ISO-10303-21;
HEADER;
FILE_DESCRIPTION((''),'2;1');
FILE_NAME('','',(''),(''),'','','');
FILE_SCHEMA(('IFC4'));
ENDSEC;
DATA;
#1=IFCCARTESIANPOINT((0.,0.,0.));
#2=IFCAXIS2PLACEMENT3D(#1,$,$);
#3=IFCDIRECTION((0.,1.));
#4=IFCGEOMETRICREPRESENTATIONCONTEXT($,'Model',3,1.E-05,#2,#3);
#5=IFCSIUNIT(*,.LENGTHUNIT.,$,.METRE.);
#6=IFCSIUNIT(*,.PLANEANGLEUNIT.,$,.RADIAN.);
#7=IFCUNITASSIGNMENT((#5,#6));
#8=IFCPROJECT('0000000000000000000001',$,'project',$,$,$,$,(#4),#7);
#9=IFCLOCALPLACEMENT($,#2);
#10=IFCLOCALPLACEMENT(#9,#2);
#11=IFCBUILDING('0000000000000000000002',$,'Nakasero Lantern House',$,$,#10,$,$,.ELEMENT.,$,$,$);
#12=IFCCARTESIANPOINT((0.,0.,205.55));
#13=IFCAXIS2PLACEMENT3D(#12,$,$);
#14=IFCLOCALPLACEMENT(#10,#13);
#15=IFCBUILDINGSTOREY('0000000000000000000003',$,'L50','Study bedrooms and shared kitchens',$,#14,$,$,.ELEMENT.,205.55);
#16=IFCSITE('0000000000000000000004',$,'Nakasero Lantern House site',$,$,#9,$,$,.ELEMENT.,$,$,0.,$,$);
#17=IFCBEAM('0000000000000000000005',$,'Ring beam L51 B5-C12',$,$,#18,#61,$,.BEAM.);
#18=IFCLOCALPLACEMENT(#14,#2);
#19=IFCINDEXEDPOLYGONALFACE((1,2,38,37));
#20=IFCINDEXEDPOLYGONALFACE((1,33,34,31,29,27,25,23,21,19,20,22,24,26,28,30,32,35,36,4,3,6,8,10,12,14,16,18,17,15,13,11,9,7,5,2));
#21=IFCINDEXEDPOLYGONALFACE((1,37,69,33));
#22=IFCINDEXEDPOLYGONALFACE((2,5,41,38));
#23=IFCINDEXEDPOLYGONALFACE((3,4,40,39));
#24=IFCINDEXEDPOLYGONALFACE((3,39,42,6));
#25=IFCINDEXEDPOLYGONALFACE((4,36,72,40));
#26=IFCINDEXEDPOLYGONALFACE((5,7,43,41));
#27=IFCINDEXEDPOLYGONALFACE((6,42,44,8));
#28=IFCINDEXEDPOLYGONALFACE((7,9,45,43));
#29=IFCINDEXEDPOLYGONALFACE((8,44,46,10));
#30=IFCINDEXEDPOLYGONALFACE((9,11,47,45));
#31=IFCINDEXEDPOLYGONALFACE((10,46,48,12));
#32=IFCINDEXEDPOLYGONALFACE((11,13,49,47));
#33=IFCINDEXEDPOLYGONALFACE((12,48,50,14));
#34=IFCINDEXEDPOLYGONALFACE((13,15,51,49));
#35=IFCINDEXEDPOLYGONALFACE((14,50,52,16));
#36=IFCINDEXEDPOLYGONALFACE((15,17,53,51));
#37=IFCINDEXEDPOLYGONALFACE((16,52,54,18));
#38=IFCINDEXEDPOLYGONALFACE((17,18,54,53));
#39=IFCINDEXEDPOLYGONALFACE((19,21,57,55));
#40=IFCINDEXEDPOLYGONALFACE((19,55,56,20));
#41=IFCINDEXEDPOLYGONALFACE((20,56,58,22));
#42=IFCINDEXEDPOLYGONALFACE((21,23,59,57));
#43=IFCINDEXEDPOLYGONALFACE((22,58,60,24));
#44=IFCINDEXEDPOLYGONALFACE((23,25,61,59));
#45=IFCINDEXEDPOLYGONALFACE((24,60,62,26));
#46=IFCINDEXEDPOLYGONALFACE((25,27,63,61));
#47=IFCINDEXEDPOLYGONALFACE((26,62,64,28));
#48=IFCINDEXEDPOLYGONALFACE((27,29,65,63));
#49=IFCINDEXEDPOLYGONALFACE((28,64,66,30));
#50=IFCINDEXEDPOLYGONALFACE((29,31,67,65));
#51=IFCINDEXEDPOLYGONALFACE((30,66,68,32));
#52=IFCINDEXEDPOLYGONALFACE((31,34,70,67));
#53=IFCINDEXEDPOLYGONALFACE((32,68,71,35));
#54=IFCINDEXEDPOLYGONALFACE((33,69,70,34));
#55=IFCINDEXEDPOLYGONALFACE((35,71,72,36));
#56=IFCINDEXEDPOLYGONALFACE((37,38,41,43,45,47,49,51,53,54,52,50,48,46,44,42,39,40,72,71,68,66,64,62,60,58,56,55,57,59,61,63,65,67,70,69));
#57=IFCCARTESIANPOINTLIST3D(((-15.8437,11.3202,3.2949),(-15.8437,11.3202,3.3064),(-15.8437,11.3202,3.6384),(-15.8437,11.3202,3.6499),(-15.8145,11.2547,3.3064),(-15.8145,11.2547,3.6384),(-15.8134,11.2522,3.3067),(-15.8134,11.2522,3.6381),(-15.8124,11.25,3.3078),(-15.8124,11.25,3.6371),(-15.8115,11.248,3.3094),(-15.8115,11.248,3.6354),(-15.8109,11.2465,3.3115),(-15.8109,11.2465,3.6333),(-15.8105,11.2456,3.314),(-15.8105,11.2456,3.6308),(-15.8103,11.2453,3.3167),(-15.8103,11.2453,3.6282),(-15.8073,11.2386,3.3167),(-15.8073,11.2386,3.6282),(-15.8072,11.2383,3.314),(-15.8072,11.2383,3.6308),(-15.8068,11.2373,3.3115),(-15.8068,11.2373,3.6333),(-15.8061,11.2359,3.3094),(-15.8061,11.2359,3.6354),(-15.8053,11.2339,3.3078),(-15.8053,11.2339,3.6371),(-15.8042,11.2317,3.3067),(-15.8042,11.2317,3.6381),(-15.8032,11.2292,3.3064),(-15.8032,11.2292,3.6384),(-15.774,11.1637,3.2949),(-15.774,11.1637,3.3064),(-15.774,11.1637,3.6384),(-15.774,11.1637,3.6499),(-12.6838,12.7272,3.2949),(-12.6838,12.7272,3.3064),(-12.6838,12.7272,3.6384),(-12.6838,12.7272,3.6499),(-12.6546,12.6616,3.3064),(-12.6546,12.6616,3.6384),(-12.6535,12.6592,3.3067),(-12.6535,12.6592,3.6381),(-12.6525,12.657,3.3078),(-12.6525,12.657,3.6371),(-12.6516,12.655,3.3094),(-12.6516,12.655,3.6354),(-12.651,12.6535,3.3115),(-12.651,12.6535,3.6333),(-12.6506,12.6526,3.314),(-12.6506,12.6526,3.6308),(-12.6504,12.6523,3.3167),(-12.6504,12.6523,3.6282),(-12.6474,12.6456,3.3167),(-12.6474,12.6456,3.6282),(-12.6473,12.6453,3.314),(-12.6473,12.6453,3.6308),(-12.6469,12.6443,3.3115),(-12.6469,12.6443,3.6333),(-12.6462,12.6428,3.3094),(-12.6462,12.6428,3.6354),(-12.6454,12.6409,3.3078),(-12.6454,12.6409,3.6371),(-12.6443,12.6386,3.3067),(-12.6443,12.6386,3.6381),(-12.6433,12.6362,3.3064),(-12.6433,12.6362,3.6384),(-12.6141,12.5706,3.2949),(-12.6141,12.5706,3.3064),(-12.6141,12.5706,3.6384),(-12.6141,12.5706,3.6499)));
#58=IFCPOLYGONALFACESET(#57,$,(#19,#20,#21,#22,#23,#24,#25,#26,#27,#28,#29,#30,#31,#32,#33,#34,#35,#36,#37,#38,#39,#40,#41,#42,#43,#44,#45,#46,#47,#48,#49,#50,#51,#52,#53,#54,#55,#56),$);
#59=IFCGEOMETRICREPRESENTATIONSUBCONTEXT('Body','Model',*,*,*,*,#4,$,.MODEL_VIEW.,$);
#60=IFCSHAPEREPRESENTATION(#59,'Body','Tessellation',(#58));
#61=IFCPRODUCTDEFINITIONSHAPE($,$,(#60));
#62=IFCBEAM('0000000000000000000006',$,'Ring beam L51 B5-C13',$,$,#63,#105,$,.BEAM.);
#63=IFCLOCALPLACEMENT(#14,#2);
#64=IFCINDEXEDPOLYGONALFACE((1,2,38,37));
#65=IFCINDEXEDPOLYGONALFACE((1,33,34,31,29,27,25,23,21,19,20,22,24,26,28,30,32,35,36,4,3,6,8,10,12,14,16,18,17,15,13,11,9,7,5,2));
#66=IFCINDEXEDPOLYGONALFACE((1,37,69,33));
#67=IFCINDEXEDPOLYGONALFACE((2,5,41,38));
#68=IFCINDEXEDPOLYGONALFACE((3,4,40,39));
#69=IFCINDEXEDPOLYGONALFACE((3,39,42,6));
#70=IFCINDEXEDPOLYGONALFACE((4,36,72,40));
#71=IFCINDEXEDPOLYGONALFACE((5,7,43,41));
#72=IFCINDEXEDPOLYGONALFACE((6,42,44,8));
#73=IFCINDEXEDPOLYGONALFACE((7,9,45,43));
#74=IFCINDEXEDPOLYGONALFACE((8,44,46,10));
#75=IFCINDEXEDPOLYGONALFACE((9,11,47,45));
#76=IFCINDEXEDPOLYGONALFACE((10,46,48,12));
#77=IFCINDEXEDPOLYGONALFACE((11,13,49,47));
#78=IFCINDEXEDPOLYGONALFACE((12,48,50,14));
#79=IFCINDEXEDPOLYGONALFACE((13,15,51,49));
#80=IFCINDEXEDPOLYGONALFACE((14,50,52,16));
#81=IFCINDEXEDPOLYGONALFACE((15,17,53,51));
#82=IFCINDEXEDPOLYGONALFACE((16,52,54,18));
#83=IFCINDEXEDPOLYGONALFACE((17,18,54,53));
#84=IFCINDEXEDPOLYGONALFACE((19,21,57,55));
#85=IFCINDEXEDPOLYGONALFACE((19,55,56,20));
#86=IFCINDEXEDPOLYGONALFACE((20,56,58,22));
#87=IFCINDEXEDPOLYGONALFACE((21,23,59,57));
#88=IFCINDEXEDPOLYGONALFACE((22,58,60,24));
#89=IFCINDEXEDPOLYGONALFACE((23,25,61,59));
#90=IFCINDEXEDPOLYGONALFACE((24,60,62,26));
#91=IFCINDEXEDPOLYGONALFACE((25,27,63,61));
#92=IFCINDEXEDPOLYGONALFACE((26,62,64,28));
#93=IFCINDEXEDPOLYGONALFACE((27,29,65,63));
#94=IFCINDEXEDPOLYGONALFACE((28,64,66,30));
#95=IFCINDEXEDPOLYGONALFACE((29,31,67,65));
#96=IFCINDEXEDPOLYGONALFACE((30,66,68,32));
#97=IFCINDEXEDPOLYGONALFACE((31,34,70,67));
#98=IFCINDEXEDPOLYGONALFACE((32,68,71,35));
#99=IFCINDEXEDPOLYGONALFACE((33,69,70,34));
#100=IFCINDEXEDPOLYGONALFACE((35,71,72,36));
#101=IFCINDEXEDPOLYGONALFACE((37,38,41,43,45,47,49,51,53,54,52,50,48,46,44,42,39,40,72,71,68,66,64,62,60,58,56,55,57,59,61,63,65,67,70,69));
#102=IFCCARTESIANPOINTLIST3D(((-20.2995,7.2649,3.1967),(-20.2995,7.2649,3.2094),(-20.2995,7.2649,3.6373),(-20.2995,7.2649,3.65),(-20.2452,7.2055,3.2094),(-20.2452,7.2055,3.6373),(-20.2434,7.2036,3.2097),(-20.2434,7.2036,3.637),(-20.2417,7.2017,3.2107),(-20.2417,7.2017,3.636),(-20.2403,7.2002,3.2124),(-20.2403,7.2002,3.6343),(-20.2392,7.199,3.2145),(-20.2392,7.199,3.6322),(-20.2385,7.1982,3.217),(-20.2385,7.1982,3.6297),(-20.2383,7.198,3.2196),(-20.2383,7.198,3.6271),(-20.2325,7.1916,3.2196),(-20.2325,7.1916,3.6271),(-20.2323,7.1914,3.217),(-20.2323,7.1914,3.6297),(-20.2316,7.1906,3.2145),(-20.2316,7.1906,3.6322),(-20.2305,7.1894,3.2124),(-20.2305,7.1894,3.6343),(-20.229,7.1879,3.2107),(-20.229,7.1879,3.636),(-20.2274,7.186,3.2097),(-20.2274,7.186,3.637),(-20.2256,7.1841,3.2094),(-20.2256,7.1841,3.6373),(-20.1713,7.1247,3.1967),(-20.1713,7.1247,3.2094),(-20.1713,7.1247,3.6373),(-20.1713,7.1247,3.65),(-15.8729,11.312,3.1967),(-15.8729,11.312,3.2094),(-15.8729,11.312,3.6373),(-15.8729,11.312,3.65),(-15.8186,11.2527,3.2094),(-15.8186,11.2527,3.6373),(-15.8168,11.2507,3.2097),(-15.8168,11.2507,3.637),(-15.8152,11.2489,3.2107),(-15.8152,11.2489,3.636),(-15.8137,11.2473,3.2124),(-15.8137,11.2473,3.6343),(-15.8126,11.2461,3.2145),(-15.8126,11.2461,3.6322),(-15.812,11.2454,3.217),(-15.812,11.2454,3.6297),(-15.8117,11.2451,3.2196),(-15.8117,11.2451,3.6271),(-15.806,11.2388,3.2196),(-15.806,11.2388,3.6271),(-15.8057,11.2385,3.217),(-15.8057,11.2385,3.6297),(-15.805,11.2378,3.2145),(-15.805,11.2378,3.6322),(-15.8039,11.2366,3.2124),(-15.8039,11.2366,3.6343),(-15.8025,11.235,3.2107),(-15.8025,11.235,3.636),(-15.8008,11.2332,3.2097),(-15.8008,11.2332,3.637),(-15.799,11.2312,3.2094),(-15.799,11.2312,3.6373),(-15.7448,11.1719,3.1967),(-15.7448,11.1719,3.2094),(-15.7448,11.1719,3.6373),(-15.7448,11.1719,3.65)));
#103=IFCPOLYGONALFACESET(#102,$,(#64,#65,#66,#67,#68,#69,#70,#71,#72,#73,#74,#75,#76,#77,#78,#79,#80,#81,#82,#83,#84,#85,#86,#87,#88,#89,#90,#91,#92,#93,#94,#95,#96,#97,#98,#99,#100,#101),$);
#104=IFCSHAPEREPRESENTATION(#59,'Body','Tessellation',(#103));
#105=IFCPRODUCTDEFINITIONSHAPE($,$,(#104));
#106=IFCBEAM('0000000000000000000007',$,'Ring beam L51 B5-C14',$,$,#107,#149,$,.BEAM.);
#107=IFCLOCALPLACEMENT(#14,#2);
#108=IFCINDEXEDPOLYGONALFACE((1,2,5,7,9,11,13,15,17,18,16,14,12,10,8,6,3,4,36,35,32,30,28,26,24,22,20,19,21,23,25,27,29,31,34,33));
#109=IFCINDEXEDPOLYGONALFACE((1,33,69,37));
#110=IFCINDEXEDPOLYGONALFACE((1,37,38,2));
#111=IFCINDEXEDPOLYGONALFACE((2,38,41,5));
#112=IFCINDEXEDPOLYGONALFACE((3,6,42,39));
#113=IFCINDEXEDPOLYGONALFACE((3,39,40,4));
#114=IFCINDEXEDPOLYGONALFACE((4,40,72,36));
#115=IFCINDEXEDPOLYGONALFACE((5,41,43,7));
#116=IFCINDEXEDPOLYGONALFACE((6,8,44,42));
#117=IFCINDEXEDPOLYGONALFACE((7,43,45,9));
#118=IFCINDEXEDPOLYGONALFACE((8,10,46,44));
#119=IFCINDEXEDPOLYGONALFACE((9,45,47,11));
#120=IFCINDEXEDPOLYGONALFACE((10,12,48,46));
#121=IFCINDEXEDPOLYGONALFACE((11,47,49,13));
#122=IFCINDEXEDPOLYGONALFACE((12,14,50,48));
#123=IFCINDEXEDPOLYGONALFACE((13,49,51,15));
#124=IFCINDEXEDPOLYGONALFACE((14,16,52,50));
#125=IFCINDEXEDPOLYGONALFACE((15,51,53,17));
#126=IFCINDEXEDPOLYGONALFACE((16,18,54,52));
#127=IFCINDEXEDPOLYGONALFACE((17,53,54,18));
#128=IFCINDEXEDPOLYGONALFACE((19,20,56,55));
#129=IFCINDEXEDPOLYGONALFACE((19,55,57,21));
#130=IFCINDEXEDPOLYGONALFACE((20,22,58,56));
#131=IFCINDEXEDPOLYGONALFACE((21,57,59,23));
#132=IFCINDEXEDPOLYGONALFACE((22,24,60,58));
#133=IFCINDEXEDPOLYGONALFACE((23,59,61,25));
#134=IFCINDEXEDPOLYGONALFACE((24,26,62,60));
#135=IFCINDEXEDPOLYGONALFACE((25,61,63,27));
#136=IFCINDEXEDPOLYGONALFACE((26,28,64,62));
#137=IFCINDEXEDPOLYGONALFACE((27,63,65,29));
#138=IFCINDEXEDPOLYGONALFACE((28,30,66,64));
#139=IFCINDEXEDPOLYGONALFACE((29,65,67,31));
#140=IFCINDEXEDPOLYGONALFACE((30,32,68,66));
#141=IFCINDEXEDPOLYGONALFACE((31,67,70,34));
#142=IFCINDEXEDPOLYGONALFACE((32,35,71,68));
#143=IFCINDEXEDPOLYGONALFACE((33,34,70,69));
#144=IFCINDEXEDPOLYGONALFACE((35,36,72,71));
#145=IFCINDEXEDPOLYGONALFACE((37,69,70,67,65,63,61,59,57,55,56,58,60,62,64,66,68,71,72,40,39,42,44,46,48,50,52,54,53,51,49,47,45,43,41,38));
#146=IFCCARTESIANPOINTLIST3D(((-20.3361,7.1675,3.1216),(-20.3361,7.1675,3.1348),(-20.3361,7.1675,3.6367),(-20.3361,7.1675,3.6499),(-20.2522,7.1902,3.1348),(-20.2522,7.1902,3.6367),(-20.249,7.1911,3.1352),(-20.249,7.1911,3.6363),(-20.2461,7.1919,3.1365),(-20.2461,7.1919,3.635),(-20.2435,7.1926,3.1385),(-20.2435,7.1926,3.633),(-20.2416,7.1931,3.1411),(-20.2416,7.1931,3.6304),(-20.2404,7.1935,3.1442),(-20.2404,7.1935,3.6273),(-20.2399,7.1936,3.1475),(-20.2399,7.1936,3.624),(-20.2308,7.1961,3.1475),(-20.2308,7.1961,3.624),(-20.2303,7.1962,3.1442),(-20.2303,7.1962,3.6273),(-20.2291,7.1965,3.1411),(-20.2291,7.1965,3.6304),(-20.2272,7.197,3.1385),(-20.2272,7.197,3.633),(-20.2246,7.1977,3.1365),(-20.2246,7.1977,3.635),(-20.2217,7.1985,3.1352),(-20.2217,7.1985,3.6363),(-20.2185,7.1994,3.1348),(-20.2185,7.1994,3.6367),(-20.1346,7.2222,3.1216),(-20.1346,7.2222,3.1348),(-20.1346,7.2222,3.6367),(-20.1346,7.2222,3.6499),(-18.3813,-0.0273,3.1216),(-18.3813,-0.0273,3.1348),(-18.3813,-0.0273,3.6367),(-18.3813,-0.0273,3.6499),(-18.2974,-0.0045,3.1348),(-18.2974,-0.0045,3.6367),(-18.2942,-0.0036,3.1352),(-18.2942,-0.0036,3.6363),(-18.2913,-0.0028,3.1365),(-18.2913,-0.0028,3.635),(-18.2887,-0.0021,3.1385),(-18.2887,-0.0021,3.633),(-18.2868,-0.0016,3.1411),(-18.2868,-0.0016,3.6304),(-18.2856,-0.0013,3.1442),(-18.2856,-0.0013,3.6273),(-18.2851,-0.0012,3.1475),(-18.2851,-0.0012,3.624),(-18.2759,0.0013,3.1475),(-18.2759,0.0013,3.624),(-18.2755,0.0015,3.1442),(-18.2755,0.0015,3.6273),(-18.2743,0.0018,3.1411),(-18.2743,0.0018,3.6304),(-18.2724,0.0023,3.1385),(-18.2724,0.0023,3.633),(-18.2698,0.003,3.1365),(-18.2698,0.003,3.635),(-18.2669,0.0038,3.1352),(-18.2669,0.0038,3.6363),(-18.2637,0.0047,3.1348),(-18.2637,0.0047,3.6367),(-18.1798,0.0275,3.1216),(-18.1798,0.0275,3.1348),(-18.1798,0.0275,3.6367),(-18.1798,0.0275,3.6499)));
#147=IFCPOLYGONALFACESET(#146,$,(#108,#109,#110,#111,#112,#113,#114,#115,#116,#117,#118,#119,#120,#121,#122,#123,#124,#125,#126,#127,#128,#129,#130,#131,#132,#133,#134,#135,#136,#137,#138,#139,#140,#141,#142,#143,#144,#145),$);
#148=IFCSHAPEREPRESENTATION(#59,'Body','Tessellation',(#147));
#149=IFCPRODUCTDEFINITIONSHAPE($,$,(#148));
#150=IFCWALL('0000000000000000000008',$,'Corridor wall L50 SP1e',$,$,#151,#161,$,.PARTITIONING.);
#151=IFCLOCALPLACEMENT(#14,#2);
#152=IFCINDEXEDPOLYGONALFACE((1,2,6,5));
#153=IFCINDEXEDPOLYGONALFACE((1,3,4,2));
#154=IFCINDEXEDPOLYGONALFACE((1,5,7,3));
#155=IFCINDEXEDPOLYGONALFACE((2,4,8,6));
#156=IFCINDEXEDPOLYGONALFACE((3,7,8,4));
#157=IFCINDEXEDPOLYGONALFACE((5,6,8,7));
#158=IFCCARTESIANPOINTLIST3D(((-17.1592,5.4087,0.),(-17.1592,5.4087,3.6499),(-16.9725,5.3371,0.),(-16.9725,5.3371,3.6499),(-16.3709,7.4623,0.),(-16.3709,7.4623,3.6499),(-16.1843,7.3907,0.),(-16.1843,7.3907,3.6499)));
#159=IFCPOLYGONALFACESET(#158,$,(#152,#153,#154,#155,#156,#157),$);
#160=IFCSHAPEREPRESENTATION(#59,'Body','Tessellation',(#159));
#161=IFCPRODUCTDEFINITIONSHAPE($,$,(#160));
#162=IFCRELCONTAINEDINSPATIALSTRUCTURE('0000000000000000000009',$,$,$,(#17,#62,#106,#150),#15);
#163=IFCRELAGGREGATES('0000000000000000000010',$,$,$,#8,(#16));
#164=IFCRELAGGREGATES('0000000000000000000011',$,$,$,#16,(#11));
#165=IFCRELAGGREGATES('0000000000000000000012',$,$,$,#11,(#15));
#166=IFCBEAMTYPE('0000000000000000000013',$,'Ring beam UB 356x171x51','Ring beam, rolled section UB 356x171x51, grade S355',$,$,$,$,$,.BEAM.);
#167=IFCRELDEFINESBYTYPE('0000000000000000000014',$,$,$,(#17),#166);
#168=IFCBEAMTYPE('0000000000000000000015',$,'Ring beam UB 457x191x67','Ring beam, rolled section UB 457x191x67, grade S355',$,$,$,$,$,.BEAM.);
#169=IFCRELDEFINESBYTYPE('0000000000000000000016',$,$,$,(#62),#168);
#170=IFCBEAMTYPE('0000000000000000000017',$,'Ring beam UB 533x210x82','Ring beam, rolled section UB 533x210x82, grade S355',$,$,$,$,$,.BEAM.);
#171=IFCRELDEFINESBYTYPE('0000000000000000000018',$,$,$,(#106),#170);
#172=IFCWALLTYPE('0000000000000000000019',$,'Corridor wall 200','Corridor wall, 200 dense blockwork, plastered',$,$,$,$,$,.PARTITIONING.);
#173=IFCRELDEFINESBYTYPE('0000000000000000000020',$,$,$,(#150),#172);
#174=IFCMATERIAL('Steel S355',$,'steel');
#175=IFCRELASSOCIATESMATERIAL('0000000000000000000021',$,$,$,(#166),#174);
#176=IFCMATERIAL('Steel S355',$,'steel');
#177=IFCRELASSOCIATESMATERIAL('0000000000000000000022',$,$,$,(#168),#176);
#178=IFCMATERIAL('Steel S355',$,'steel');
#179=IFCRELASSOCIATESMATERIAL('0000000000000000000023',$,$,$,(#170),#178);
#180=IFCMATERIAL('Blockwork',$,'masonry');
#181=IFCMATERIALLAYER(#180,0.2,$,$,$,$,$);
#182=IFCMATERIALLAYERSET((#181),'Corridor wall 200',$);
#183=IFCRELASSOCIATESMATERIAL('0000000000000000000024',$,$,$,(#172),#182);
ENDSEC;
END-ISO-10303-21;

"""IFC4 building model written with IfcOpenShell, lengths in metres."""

from ifc_helpers import new_model, si_unit, direction, frame, frame_2d, origin, origin_2d, place, context, subcontext, project, spatial, rectangle, i_section, extrude, material, layer, layer_set, material_profile, profile_set, type_object, element, save


model = new_model("IFC4")

# Units and contexts
model_context = context("Model", 3, precision=1e-05, world=origin(), true_north=direction((0.0, 1.0)))
body_context = subcontext(model_context, "Body", "Model", "MODEL_VIEW")
ifc_project = project(units=[si_unit("LENGTHUNIT", "METRE"), si_unit("PLANEANGLEUNIT", "RADIAN")], contexts=[model_context])

# Site, building, storey
site_placement = place(None, origin())
site = spatial("IfcSite", under=ifc_project, at=site_placement, Name="Nakasero Lantern House site", CompositionType="ELEMENT", RefElevation=0.0)
building_placement = place(site_placement, origin())
building = spatial("IfcBuilding", under=site, at=building_placement, Name="Nakasero Lantern House", CompositionType="ELEMENT")
storey_placement = place(building_placement, frame((0.0, 0.0, 205.55)))
storey = spatial("IfcBuildingStorey", under=building, at=storey_placement, Name="L50", Description="Study bedrooms and shared kitchens", CompositionType="ELEMENT", Elevation=205.55)

# Beams
ifc_material_1 = material(Name="Steel S355", Category="steel")
ifc_material_profile_1 = material_profile(ifc_material_1, i_section(OverallWidth=0.1714, OverallDepth=0.355, WebThickness=0.0073, FlangeThickness=0.0115, FilletRadius=0.0103, at=origin_2d()), Name="UB 356x171x51")
ifc_profile_set_1 = profile_set([ifc_material_profile_1], Name="Steel S355")
beam_type_1 = type_object("IfcBeamType", Name="Ring beam UB 356x171x51", Description="Ring beam, rolled section UB 356x171x51, grade S355", PredefinedType="BEAM", material=ifc_profile_set_1)
beam_1_placement = place(storey_placement, frame((-12.6489, 12.6489, 3.4724), z_axis=(-0.913535, -0.406761, 0.0), x_axis=(0.406761, -0.913535, 0.0)))
element("IfcBeam", 1, at=beam_1_placement, inside=storey, type_object=beam_type_1, Name="Ring beam L51 B5-C12", PredefinedType="BEAM", context=body_context, shape_type="SweptSolid", body=[
    extrude(i_section(OverallWidth=0.1714, OverallDepth=0.355, WebThickness=0.0073, FlangeThickness=0.0115, FilletRadius=0.0103, at=origin_2d()), origin(), (0.0, 0.0, 1.0), 3.459),
])
ifc_material_2 = material(Name="Steel S355", Category="steel")
ifc_material_profile_2 = material_profile(ifc_material_2, i_section(OverallWidth=0.1899, OverallDepth=0.4534, WebThickness=0.0085, FlangeThickness=0.0127, FilletRadius=0.0103, at=origin_2d()), Name="UB 457x191x67")
ifc_profile_set_2 = profile_set([ifc_material_profile_2], Name="Steel S355")
beam_type_2 = type_object("IfcBeamType", Name="Ring beam UB 457x191x67", Description="Ring beam, rolled section UB 457x191x67, grade S355", PredefinedType="BEAM", material=ifc_profile_set_2)
beam_2_placement = place(storey_placement, frame((-15.8088, 11.2419, 3.4233), z_axis=(-0.738027, -0.674771, 0.0), x_axis=(0.674771, -0.738027, 0.0)))
element("IfcBeam", 2, at=beam_2_placement, inside=storey, type_object=beam_type_2, Name="Ring beam L51 B5-C13", PredefinedType="BEAM", context=body_context, shape_type="SweptSolid", body=[
    extrude(i_section(OverallWidth=0.1899, OverallDepth=0.4534, WebThickness=0.0085, FlangeThickness=0.0127, FilletRadius=0.0103, at=origin_2d()), origin(), (0.0, 0.0, 1.0), 5.9978),
])
ifc_material_3 = material(Name="Steel S355", Category="steel")
ifc_material_profile_3 = material_profile(ifc_material_3, i_section(OverallWidth=0.2087, OverallDepth=0.5283, WebThickness=0.0095, FlangeThickness=0.0132, FilletRadius=0.0127, at=origin_2d()), Name="UB 533x210x82")
ifc_profile_set_3 = profile_set([ifc_material_profile_3], Name="Steel S355")
beam_type_3 = type_object("IfcBeamType", Name="Ring beam UB 533x210x82", Description="Ring beam, rolled section UB 533x210x82, grade S355", PredefinedType="BEAM", material=ifc_profile_set_3)
beam_3_placement = place(storey_placement, frame((-20.2354, 7.1948, 3.3857), z_axis=(0.262195, -0.965015, 0.0), x_axis=(0.965015, 0.262195, 0.0)))
element("IfcBeam", 3, at=beam_3_placement, inside=storey, type_object=beam_type_3, Name="Ring beam L51 B5-C14", PredefinedType="BEAM", context=body_context, shape_type="SweptSolid", body=[
    extrude(i_section(OverallWidth=0.2087, OverallDepth=0.5283, WebThickness=0.0095, FlangeThickness=0.0132, FilletRadius=0.0127, at=origin_2d()), origin(), (0.0, 0.0, 1.0), 7.4556),
])

# Wall
ifc_material_4 = material(Name="Blockwork", Category="masonry")
ifc_layer_1 = layer(ifc_material_4, 0.2)
ifc_layer_set_1 = layer_set([ifc_layer_1], Name="Corridor wall 200")
wall_type_1 = type_object("IfcWallType", Name="Corridor wall 200", Description="Corridor wall, 200 dense blockwork, plastered", PredefinedType="PARTITIONING", material=ifc_layer_set_1)
wall_1_placement = place(storey_placement, frame((-16.2776, 7.4265, 0.0), z_axis=(0.0, 0.0, 1.0), x_axis=(-0.358362, -0.933583, 0.0)))
element("IfcWall", 4, at=wall_1_placement, inside=storey, type_object=wall_type_1, Name="Corridor wall L50 SP1e", PredefinedType="PARTITIONING", context=body_context, shape_type="SweptSolid", body=[
    extrude(rectangle(XDim=2.1997, YDim=0.2, at=frame_2d((1.0999, 0.0))), origin(), (0.0, 0.0, 1.0), 3.6499),
])

save(model, "model.ifc")
